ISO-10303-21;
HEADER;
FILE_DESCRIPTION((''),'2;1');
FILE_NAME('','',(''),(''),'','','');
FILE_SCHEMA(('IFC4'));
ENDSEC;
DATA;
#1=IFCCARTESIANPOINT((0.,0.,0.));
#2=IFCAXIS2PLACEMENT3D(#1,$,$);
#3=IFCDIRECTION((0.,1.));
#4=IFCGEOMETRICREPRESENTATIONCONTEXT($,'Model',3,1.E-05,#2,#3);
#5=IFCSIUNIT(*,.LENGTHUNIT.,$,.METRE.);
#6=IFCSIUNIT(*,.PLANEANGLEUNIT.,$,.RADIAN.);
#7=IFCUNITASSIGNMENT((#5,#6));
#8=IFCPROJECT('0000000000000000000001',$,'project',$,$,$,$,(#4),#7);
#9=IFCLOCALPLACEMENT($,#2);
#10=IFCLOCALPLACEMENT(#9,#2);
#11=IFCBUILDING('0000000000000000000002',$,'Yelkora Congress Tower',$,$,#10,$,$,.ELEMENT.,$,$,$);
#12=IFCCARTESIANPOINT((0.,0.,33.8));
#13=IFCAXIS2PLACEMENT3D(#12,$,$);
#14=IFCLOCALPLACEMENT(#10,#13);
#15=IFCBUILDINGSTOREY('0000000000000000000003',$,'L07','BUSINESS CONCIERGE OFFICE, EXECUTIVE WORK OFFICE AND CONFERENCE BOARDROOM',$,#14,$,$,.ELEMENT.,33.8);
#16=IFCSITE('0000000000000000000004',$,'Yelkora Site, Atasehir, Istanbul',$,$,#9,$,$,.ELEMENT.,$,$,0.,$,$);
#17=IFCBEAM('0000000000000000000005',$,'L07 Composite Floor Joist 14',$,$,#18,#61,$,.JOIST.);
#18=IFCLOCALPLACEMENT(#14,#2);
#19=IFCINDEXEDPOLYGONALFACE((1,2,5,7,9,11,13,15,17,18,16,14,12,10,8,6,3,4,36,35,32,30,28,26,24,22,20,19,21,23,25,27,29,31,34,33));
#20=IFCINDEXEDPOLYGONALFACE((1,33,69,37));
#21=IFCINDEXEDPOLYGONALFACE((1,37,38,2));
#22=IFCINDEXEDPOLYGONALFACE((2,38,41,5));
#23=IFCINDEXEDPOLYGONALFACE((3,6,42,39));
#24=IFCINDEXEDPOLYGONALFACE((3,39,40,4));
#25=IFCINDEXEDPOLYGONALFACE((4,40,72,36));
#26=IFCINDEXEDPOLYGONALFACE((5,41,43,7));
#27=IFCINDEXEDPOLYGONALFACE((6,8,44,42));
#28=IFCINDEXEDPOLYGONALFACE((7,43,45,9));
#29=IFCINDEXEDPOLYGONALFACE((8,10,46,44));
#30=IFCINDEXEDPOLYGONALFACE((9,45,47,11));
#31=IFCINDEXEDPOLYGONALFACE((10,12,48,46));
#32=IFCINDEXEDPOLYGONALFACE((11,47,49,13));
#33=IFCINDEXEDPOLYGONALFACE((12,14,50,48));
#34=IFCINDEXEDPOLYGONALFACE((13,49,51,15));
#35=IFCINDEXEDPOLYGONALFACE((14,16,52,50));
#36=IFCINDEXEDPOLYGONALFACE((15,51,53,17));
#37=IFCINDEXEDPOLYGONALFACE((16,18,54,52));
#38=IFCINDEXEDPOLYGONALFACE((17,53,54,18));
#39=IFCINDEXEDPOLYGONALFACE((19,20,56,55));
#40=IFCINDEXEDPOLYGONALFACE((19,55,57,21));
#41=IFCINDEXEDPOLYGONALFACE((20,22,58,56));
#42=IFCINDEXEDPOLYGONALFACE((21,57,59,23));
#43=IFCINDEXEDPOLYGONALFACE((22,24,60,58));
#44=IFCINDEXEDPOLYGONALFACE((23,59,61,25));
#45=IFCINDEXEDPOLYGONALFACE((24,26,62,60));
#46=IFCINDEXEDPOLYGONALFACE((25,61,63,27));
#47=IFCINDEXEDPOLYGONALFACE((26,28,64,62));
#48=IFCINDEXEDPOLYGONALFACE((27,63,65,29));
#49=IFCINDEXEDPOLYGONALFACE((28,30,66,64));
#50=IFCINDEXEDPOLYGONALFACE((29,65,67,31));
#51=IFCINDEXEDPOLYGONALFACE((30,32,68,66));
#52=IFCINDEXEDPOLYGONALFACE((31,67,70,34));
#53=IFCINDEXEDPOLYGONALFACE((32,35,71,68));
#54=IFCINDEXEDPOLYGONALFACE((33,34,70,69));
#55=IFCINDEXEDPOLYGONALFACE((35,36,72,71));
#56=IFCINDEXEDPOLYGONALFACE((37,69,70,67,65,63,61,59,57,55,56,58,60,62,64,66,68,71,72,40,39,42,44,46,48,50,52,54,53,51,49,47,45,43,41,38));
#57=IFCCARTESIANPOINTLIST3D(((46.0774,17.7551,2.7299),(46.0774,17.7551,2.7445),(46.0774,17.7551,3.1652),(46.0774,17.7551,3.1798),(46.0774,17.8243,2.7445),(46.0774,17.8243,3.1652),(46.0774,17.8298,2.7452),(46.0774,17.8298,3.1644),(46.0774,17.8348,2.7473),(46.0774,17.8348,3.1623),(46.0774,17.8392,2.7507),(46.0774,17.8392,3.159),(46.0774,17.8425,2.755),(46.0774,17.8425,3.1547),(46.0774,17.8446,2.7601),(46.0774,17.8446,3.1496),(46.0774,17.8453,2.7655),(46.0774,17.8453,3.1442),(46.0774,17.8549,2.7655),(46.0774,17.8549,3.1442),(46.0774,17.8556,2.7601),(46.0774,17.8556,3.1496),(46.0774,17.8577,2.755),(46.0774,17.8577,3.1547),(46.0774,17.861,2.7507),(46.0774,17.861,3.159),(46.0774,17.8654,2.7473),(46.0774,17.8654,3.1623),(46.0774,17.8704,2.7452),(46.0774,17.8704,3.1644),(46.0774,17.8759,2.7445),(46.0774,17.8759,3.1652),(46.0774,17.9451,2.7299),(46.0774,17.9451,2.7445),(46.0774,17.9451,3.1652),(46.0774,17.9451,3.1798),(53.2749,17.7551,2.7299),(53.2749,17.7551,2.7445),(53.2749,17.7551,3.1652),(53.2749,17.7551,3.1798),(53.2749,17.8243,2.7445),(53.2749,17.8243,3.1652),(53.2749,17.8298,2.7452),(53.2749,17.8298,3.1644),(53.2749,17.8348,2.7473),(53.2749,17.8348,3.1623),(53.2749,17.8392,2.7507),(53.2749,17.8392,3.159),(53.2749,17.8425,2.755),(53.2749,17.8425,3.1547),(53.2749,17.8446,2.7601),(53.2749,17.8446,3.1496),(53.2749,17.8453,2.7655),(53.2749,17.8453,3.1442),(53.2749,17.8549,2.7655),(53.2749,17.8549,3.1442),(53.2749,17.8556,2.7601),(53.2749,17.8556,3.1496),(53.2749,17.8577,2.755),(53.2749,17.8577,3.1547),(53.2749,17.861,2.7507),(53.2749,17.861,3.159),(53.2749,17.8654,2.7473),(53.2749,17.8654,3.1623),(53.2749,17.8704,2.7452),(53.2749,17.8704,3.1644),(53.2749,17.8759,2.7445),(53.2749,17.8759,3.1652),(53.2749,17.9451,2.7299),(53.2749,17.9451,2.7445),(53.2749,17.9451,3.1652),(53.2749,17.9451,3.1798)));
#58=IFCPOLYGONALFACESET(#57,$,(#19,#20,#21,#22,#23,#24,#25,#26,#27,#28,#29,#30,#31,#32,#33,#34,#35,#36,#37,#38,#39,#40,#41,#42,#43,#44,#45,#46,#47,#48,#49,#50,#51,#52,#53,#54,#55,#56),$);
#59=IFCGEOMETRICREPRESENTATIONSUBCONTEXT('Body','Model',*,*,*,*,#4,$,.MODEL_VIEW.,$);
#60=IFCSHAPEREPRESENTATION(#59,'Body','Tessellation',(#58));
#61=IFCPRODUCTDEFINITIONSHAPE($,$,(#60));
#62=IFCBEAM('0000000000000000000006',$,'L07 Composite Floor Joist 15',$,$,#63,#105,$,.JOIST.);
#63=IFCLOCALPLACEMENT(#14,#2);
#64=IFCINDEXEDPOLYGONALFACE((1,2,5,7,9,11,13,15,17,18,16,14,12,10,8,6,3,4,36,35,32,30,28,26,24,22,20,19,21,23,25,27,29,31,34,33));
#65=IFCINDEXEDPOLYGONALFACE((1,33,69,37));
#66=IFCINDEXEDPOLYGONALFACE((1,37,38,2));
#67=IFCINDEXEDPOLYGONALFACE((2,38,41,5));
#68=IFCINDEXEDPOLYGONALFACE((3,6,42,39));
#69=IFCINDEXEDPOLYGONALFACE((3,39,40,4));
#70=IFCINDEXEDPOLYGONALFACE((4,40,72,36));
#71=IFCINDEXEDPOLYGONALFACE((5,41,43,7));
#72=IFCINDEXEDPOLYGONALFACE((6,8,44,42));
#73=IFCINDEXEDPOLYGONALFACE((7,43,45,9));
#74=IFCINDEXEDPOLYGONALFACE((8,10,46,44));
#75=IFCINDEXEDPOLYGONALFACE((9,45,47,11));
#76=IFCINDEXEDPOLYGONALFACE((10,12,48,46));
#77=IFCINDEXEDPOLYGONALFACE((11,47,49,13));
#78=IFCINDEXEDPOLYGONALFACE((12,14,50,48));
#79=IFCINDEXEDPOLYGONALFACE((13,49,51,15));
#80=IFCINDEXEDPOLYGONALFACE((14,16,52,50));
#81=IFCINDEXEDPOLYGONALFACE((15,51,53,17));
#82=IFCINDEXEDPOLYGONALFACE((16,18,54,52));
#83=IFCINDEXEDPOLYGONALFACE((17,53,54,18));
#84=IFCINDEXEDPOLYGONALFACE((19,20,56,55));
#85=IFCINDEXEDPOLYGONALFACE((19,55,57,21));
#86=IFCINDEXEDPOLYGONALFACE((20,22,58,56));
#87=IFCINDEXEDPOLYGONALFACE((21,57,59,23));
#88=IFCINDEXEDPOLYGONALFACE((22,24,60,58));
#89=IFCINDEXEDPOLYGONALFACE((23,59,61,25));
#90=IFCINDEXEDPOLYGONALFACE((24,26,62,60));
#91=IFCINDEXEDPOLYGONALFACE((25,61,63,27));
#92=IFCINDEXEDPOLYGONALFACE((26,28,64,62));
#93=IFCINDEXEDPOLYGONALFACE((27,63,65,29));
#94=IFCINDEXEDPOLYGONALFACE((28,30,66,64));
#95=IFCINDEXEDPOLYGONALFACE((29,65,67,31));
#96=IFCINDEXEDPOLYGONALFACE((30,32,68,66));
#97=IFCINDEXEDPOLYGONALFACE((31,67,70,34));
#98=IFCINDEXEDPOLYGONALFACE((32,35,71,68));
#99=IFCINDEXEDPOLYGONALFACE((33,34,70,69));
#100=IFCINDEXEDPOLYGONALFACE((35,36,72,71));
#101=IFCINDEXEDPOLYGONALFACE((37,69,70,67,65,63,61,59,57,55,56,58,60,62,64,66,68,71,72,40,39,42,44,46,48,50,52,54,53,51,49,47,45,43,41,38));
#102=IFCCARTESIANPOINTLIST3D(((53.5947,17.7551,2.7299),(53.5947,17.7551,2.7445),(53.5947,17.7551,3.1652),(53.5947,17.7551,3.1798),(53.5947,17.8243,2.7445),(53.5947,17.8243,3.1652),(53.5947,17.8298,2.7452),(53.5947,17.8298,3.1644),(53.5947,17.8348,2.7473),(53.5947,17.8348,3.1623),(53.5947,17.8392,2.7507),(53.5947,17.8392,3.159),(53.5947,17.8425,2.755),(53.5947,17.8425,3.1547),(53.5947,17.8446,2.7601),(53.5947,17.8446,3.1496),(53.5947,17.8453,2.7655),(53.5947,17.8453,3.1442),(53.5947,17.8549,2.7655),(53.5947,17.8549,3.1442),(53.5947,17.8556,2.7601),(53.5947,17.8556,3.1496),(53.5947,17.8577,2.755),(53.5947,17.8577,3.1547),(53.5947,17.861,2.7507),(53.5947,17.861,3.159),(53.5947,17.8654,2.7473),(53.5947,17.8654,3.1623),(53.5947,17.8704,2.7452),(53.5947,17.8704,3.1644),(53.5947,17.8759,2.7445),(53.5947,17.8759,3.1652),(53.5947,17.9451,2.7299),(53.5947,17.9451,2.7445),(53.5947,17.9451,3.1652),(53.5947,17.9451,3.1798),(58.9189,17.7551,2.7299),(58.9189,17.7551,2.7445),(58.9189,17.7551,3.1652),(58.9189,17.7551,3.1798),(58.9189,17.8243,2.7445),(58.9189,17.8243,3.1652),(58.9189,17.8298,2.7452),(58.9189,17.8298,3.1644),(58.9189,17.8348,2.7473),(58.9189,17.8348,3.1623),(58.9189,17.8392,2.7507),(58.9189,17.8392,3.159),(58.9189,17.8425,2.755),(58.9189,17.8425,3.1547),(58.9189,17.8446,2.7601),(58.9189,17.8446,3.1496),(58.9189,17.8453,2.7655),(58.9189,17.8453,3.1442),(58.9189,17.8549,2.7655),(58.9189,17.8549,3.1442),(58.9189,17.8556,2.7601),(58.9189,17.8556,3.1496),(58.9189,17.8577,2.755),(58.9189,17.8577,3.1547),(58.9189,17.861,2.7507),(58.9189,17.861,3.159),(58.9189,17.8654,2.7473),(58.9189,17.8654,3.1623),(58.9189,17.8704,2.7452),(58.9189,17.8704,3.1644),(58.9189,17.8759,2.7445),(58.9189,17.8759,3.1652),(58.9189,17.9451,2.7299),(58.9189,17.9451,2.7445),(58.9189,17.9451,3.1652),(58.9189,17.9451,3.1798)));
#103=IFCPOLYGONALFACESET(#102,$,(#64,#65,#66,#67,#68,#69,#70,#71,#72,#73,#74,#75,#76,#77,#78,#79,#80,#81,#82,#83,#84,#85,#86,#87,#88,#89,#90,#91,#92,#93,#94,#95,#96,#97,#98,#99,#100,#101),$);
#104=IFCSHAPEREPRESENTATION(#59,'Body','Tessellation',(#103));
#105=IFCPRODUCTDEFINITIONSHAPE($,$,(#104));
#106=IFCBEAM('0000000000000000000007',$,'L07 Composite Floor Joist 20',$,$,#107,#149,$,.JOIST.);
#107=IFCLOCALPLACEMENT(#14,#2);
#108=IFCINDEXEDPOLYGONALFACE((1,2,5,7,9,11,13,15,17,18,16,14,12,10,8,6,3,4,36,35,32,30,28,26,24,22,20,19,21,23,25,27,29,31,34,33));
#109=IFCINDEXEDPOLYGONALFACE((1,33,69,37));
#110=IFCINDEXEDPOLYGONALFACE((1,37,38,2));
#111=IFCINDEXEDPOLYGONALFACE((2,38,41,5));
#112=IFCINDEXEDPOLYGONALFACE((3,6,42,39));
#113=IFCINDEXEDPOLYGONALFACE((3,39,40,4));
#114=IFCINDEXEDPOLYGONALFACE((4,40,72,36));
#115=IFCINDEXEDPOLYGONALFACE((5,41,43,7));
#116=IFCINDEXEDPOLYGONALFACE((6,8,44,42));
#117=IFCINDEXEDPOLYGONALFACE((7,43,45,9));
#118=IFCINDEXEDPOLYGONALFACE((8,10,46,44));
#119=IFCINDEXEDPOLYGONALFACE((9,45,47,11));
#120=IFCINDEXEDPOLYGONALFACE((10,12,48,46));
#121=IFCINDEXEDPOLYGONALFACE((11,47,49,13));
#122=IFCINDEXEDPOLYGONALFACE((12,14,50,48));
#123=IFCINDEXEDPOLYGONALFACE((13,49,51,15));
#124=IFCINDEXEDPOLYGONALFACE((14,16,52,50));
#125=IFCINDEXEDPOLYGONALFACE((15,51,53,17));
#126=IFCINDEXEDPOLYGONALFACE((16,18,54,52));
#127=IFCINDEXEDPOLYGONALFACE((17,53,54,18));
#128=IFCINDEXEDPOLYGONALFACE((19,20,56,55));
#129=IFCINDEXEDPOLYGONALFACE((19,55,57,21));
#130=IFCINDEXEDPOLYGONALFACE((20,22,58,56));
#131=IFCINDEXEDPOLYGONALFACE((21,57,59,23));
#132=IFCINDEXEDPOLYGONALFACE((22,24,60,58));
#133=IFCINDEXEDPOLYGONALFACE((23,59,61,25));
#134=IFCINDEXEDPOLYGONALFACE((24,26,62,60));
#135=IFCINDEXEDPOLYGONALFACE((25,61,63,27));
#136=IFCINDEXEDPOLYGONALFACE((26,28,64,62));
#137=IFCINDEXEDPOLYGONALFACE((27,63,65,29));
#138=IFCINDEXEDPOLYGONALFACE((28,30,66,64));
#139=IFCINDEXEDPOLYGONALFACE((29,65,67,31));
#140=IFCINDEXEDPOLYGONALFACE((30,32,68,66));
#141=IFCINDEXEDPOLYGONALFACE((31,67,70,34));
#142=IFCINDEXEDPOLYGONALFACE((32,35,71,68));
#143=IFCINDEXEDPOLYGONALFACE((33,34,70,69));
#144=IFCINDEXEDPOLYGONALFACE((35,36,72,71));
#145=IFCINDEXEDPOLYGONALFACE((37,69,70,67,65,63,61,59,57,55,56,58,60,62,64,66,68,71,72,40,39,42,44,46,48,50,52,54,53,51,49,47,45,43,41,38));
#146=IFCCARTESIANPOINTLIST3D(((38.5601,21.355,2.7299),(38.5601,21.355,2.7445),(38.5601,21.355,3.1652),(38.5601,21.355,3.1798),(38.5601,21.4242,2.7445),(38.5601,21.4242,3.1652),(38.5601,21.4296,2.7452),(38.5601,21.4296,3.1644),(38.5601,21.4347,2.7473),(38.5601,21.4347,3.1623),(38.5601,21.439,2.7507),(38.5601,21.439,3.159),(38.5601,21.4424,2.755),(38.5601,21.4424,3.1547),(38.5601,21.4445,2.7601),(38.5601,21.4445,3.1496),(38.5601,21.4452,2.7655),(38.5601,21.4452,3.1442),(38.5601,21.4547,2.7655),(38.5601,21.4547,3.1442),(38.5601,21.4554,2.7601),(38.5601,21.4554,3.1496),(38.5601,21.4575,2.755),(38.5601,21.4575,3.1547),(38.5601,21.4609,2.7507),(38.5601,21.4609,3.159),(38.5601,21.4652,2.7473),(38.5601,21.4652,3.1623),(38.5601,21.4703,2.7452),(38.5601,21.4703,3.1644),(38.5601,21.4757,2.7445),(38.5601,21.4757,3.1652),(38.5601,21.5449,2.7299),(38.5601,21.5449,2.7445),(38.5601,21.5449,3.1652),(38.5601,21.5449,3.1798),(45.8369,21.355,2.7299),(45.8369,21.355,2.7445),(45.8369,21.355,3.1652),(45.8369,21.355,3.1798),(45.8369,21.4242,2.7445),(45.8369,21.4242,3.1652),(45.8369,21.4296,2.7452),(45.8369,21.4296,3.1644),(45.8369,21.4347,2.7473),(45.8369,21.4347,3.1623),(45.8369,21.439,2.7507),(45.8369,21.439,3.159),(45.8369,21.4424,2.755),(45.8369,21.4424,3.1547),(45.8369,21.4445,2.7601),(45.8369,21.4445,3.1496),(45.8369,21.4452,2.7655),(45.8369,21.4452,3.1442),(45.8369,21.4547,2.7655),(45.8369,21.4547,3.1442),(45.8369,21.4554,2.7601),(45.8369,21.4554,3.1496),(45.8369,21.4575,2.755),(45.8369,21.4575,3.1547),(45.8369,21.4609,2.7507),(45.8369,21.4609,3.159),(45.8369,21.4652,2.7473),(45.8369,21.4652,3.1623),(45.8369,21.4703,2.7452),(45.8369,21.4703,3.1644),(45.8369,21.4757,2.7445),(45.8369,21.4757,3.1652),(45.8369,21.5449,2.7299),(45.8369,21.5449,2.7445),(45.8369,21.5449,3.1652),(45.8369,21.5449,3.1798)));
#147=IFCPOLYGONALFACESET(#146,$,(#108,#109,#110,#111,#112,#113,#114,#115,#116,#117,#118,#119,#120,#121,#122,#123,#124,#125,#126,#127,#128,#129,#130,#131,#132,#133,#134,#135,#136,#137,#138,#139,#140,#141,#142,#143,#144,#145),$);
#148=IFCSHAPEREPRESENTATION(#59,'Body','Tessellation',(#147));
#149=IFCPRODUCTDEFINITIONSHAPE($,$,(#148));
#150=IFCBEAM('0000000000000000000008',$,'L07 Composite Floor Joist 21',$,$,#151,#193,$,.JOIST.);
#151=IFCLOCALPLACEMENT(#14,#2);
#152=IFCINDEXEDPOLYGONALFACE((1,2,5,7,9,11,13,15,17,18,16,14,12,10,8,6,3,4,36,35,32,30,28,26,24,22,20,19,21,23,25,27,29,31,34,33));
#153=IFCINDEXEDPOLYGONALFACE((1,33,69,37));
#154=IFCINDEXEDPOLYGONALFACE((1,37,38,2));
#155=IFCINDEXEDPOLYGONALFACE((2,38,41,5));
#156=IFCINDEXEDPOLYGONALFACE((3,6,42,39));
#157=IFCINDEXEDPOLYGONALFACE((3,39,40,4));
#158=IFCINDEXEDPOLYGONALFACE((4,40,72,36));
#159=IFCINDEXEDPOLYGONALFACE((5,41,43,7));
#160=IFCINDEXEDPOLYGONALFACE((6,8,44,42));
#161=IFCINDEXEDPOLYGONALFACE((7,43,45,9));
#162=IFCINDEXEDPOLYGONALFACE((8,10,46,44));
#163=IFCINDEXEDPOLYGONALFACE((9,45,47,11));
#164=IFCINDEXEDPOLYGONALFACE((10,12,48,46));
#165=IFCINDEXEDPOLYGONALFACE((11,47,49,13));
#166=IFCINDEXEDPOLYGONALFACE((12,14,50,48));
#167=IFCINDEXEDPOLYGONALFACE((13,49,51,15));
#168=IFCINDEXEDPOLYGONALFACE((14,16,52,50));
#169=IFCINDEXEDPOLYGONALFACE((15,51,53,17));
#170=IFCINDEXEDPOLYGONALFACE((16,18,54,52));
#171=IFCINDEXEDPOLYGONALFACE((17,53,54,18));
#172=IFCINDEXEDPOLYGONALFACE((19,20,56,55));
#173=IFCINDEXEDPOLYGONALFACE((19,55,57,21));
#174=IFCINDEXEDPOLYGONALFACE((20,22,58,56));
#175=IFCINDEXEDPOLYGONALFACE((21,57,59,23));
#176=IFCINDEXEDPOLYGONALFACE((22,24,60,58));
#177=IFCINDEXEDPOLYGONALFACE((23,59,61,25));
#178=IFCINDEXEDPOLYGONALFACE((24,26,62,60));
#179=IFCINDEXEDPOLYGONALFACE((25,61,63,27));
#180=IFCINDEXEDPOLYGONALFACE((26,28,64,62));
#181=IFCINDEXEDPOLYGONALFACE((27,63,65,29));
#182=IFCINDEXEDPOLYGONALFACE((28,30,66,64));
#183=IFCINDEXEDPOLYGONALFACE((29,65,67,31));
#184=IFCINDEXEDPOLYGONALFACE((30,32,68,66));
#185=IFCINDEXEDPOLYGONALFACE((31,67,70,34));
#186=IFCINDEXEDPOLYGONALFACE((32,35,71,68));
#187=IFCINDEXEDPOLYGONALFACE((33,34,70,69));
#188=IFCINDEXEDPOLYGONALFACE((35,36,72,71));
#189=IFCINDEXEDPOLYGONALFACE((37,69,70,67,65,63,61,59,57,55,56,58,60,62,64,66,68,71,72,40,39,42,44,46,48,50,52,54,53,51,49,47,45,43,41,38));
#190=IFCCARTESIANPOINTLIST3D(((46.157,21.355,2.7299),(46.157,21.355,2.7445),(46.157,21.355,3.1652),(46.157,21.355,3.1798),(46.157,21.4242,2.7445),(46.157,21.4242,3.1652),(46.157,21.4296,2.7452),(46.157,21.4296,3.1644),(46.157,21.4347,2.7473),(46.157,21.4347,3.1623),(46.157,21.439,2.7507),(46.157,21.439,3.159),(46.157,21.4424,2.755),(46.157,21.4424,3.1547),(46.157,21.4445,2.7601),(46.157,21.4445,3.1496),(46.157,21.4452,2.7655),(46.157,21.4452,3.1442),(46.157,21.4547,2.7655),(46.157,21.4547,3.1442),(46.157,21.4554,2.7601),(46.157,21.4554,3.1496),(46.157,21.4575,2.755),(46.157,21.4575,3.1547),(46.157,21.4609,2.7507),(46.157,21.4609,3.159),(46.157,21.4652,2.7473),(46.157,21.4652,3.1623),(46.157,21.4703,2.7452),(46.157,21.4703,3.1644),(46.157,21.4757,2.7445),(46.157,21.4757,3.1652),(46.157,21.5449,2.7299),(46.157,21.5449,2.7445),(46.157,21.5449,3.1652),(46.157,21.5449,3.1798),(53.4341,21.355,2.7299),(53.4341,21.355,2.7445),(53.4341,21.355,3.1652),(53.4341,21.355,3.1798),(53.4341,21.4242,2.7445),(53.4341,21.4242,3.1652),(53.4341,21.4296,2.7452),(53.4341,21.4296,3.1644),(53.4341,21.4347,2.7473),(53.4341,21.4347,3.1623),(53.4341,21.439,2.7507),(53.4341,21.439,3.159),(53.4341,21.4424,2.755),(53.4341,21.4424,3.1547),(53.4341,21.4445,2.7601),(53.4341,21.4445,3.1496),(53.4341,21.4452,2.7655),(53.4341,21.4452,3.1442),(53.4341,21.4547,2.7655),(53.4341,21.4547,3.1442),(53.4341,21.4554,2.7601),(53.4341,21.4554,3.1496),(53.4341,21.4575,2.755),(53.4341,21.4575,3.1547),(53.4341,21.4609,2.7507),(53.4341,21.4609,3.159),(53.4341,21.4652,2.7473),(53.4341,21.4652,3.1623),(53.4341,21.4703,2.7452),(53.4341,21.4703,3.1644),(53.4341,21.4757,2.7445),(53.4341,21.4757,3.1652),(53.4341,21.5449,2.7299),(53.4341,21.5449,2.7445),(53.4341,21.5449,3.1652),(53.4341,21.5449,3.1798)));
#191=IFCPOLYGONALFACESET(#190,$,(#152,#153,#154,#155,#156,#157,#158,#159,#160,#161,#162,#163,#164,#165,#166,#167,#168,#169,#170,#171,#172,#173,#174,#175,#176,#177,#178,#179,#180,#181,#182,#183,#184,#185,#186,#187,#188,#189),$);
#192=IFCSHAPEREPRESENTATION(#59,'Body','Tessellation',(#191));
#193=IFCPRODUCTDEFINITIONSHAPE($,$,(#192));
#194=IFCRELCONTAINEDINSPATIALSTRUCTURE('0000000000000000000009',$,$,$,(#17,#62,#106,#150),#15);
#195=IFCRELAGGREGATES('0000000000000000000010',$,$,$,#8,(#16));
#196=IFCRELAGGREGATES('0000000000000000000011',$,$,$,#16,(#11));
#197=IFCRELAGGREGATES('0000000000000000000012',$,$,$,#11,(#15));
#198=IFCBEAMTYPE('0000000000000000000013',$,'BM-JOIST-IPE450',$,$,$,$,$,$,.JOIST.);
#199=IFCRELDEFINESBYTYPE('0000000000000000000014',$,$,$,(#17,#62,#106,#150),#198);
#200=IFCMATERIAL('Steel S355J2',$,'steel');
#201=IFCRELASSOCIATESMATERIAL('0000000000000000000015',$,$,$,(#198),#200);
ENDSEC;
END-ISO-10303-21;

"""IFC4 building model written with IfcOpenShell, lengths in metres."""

from ifc_helpers import new_model, si_unit, direction, frame, origin, origin_2d, place, context, subcontext, project, spatial, i_section, extrude, material, material_profile, profile_set, type_object, element, save


model = new_model("IFC4")

# Units and contexts
model_context = context("Model", 3, precision=1e-05, world=origin(), true_north=direction((0.0, 1.0)))
body_context = subcontext(model_context, "Body", "Model", "MODEL_VIEW")
ifc_project = project(units=[si_unit("LENGTHUNIT", "METRE"), si_unit("PLANEANGLEUNIT", "RADIAN")], contexts=[model_context])

# Site, building, storey
site_placement = place(None, origin())
site = spatial("IfcSite", under=ifc_project, at=site_placement, Name="Yelkora Site, Atasehir, Istanbul", CompositionType="ELEMENT", RefElevation=0.0)
building_placement = place(site_placement, origin())
building = spatial("IfcBuilding", under=site, at=building_placement, Name="Yelkora Congress Tower", CompositionType="ELEMENT")
storey_placement = place(building_placement, frame((0.0, 0.0, 33.8)))
storey = spatial("IfcBuildingStorey", under=building, at=storey_placement, Name="L07", Description="BUSINESS CONCIERGE OFFICE, EXECUTIVE WORK OFFICE AND CONFERENCE BOARDROOM", CompositionType="ELEMENT", Elevation=33.8)

# Beams
ifc_material_1 = material(Name="Steel S355J2", Category="steel")
ifc_material_profile_1 = material_profile(ifc_material_1, i_section(OverallWidth=0.1899, OverallDepth=0.45, WebThickness=0.0095, FlangeThickness=0.0146, FilletRadius=0.021, at=origin_2d()), Name="IPE 450")
ifc_profile_set_1 = profile_set([ifc_material_profile_1], Name="Steel S355J2")
beam_type_1 = type_object("IfcBeamType", Name="BM-JOIST-IPE450", PredefinedType="JOIST", material=ifc_profile_set_1)
beam_1_placement = place(storey_placement, frame((46.0774, 17.8501, 2.9548), z_axis=(1.0, 0.0, 0.0), x_axis=(0.0, 1.0, 0.0)))
element("IfcBeam", 1, at=beam_1_placement, inside=storey, type_object=beam_type_1, Name="L07 Composite Floor Joist 14", PredefinedType="JOIST", context=body_context, shape_type="SweptSolid", body=[
    extrude(i_section(OverallWidth=0.1899, OverallDepth=0.45, WebThickness=0.0095, FlangeThickness=0.0146, FilletRadius=0.021, at=origin_2d()), origin(), (0.0, 0.0, 1.0), 7.1975),
])
beam_2_placement = place(storey_placement, frame((53.5947, 17.8501, 2.9548), z_axis=(1.0, 0.0, 0.0), x_axis=(0.0, 1.0, 0.0)))
element("IfcBeam", 2, at=beam_2_placement, inside=storey, type_object=beam_type_1, Name="L07 Composite Floor Joist 15", PredefinedType="JOIST", context=body_context, shape_type="SweptSolid", body=[
    extrude(i_section(OverallWidth=0.1899, OverallDepth=0.45, WebThickness=0.0095, FlangeThickness=0.0146, FilletRadius=0.021, at=origin_2d()), origin(), (0.0, 0.0, 1.0), 5.3242),
])
beam_3_placement = place(storey_placement, frame((38.5601, 21.45, 2.9548), z_axis=(1.0, 0.0, 0.0), x_axis=(0.0, 1.0, 0.0)))
element("IfcBeam", 3, at=beam_3_placement, inside=storey, type_object=beam_type_1, Name="L07 Composite Floor Joist 20", PredefinedType="JOIST", context=body_context, shape_type="SweptSolid", body=[
    extrude(i_section(OverallWidth=0.1899, OverallDepth=0.45, WebThickness=0.0095, FlangeThickness=0.0146, FilletRadius=0.021, at=origin_2d()), origin(), (0.0, 0.0, 1.0), 7.2769),
])
beam_4_placement = place(storey_placement, frame((46.157, 21.45, 2.9548), z_axis=(1.0, 0.0, 0.0), x_axis=(0.0, 1.0, 0.0)))
element("IfcBeam", 4, at=beam_4_placement, inside=storey, type_object=beam_type_1, Name="L07 Composite Floor Joist 21", PredefinedType="JOIST", context=body_context, shape_type="SweptSolid", body=[
    extrude(i_section(OverallWidth=0.1899, OverallDepth=0.45, WebThickness=0.0095, FlangeThickness=0.0146, FilletRadius=0.021, at=origin_2d()), origin(), (0.0, 0.0, 1.0), 7.2771),
])

save(model, "model.ifc")
